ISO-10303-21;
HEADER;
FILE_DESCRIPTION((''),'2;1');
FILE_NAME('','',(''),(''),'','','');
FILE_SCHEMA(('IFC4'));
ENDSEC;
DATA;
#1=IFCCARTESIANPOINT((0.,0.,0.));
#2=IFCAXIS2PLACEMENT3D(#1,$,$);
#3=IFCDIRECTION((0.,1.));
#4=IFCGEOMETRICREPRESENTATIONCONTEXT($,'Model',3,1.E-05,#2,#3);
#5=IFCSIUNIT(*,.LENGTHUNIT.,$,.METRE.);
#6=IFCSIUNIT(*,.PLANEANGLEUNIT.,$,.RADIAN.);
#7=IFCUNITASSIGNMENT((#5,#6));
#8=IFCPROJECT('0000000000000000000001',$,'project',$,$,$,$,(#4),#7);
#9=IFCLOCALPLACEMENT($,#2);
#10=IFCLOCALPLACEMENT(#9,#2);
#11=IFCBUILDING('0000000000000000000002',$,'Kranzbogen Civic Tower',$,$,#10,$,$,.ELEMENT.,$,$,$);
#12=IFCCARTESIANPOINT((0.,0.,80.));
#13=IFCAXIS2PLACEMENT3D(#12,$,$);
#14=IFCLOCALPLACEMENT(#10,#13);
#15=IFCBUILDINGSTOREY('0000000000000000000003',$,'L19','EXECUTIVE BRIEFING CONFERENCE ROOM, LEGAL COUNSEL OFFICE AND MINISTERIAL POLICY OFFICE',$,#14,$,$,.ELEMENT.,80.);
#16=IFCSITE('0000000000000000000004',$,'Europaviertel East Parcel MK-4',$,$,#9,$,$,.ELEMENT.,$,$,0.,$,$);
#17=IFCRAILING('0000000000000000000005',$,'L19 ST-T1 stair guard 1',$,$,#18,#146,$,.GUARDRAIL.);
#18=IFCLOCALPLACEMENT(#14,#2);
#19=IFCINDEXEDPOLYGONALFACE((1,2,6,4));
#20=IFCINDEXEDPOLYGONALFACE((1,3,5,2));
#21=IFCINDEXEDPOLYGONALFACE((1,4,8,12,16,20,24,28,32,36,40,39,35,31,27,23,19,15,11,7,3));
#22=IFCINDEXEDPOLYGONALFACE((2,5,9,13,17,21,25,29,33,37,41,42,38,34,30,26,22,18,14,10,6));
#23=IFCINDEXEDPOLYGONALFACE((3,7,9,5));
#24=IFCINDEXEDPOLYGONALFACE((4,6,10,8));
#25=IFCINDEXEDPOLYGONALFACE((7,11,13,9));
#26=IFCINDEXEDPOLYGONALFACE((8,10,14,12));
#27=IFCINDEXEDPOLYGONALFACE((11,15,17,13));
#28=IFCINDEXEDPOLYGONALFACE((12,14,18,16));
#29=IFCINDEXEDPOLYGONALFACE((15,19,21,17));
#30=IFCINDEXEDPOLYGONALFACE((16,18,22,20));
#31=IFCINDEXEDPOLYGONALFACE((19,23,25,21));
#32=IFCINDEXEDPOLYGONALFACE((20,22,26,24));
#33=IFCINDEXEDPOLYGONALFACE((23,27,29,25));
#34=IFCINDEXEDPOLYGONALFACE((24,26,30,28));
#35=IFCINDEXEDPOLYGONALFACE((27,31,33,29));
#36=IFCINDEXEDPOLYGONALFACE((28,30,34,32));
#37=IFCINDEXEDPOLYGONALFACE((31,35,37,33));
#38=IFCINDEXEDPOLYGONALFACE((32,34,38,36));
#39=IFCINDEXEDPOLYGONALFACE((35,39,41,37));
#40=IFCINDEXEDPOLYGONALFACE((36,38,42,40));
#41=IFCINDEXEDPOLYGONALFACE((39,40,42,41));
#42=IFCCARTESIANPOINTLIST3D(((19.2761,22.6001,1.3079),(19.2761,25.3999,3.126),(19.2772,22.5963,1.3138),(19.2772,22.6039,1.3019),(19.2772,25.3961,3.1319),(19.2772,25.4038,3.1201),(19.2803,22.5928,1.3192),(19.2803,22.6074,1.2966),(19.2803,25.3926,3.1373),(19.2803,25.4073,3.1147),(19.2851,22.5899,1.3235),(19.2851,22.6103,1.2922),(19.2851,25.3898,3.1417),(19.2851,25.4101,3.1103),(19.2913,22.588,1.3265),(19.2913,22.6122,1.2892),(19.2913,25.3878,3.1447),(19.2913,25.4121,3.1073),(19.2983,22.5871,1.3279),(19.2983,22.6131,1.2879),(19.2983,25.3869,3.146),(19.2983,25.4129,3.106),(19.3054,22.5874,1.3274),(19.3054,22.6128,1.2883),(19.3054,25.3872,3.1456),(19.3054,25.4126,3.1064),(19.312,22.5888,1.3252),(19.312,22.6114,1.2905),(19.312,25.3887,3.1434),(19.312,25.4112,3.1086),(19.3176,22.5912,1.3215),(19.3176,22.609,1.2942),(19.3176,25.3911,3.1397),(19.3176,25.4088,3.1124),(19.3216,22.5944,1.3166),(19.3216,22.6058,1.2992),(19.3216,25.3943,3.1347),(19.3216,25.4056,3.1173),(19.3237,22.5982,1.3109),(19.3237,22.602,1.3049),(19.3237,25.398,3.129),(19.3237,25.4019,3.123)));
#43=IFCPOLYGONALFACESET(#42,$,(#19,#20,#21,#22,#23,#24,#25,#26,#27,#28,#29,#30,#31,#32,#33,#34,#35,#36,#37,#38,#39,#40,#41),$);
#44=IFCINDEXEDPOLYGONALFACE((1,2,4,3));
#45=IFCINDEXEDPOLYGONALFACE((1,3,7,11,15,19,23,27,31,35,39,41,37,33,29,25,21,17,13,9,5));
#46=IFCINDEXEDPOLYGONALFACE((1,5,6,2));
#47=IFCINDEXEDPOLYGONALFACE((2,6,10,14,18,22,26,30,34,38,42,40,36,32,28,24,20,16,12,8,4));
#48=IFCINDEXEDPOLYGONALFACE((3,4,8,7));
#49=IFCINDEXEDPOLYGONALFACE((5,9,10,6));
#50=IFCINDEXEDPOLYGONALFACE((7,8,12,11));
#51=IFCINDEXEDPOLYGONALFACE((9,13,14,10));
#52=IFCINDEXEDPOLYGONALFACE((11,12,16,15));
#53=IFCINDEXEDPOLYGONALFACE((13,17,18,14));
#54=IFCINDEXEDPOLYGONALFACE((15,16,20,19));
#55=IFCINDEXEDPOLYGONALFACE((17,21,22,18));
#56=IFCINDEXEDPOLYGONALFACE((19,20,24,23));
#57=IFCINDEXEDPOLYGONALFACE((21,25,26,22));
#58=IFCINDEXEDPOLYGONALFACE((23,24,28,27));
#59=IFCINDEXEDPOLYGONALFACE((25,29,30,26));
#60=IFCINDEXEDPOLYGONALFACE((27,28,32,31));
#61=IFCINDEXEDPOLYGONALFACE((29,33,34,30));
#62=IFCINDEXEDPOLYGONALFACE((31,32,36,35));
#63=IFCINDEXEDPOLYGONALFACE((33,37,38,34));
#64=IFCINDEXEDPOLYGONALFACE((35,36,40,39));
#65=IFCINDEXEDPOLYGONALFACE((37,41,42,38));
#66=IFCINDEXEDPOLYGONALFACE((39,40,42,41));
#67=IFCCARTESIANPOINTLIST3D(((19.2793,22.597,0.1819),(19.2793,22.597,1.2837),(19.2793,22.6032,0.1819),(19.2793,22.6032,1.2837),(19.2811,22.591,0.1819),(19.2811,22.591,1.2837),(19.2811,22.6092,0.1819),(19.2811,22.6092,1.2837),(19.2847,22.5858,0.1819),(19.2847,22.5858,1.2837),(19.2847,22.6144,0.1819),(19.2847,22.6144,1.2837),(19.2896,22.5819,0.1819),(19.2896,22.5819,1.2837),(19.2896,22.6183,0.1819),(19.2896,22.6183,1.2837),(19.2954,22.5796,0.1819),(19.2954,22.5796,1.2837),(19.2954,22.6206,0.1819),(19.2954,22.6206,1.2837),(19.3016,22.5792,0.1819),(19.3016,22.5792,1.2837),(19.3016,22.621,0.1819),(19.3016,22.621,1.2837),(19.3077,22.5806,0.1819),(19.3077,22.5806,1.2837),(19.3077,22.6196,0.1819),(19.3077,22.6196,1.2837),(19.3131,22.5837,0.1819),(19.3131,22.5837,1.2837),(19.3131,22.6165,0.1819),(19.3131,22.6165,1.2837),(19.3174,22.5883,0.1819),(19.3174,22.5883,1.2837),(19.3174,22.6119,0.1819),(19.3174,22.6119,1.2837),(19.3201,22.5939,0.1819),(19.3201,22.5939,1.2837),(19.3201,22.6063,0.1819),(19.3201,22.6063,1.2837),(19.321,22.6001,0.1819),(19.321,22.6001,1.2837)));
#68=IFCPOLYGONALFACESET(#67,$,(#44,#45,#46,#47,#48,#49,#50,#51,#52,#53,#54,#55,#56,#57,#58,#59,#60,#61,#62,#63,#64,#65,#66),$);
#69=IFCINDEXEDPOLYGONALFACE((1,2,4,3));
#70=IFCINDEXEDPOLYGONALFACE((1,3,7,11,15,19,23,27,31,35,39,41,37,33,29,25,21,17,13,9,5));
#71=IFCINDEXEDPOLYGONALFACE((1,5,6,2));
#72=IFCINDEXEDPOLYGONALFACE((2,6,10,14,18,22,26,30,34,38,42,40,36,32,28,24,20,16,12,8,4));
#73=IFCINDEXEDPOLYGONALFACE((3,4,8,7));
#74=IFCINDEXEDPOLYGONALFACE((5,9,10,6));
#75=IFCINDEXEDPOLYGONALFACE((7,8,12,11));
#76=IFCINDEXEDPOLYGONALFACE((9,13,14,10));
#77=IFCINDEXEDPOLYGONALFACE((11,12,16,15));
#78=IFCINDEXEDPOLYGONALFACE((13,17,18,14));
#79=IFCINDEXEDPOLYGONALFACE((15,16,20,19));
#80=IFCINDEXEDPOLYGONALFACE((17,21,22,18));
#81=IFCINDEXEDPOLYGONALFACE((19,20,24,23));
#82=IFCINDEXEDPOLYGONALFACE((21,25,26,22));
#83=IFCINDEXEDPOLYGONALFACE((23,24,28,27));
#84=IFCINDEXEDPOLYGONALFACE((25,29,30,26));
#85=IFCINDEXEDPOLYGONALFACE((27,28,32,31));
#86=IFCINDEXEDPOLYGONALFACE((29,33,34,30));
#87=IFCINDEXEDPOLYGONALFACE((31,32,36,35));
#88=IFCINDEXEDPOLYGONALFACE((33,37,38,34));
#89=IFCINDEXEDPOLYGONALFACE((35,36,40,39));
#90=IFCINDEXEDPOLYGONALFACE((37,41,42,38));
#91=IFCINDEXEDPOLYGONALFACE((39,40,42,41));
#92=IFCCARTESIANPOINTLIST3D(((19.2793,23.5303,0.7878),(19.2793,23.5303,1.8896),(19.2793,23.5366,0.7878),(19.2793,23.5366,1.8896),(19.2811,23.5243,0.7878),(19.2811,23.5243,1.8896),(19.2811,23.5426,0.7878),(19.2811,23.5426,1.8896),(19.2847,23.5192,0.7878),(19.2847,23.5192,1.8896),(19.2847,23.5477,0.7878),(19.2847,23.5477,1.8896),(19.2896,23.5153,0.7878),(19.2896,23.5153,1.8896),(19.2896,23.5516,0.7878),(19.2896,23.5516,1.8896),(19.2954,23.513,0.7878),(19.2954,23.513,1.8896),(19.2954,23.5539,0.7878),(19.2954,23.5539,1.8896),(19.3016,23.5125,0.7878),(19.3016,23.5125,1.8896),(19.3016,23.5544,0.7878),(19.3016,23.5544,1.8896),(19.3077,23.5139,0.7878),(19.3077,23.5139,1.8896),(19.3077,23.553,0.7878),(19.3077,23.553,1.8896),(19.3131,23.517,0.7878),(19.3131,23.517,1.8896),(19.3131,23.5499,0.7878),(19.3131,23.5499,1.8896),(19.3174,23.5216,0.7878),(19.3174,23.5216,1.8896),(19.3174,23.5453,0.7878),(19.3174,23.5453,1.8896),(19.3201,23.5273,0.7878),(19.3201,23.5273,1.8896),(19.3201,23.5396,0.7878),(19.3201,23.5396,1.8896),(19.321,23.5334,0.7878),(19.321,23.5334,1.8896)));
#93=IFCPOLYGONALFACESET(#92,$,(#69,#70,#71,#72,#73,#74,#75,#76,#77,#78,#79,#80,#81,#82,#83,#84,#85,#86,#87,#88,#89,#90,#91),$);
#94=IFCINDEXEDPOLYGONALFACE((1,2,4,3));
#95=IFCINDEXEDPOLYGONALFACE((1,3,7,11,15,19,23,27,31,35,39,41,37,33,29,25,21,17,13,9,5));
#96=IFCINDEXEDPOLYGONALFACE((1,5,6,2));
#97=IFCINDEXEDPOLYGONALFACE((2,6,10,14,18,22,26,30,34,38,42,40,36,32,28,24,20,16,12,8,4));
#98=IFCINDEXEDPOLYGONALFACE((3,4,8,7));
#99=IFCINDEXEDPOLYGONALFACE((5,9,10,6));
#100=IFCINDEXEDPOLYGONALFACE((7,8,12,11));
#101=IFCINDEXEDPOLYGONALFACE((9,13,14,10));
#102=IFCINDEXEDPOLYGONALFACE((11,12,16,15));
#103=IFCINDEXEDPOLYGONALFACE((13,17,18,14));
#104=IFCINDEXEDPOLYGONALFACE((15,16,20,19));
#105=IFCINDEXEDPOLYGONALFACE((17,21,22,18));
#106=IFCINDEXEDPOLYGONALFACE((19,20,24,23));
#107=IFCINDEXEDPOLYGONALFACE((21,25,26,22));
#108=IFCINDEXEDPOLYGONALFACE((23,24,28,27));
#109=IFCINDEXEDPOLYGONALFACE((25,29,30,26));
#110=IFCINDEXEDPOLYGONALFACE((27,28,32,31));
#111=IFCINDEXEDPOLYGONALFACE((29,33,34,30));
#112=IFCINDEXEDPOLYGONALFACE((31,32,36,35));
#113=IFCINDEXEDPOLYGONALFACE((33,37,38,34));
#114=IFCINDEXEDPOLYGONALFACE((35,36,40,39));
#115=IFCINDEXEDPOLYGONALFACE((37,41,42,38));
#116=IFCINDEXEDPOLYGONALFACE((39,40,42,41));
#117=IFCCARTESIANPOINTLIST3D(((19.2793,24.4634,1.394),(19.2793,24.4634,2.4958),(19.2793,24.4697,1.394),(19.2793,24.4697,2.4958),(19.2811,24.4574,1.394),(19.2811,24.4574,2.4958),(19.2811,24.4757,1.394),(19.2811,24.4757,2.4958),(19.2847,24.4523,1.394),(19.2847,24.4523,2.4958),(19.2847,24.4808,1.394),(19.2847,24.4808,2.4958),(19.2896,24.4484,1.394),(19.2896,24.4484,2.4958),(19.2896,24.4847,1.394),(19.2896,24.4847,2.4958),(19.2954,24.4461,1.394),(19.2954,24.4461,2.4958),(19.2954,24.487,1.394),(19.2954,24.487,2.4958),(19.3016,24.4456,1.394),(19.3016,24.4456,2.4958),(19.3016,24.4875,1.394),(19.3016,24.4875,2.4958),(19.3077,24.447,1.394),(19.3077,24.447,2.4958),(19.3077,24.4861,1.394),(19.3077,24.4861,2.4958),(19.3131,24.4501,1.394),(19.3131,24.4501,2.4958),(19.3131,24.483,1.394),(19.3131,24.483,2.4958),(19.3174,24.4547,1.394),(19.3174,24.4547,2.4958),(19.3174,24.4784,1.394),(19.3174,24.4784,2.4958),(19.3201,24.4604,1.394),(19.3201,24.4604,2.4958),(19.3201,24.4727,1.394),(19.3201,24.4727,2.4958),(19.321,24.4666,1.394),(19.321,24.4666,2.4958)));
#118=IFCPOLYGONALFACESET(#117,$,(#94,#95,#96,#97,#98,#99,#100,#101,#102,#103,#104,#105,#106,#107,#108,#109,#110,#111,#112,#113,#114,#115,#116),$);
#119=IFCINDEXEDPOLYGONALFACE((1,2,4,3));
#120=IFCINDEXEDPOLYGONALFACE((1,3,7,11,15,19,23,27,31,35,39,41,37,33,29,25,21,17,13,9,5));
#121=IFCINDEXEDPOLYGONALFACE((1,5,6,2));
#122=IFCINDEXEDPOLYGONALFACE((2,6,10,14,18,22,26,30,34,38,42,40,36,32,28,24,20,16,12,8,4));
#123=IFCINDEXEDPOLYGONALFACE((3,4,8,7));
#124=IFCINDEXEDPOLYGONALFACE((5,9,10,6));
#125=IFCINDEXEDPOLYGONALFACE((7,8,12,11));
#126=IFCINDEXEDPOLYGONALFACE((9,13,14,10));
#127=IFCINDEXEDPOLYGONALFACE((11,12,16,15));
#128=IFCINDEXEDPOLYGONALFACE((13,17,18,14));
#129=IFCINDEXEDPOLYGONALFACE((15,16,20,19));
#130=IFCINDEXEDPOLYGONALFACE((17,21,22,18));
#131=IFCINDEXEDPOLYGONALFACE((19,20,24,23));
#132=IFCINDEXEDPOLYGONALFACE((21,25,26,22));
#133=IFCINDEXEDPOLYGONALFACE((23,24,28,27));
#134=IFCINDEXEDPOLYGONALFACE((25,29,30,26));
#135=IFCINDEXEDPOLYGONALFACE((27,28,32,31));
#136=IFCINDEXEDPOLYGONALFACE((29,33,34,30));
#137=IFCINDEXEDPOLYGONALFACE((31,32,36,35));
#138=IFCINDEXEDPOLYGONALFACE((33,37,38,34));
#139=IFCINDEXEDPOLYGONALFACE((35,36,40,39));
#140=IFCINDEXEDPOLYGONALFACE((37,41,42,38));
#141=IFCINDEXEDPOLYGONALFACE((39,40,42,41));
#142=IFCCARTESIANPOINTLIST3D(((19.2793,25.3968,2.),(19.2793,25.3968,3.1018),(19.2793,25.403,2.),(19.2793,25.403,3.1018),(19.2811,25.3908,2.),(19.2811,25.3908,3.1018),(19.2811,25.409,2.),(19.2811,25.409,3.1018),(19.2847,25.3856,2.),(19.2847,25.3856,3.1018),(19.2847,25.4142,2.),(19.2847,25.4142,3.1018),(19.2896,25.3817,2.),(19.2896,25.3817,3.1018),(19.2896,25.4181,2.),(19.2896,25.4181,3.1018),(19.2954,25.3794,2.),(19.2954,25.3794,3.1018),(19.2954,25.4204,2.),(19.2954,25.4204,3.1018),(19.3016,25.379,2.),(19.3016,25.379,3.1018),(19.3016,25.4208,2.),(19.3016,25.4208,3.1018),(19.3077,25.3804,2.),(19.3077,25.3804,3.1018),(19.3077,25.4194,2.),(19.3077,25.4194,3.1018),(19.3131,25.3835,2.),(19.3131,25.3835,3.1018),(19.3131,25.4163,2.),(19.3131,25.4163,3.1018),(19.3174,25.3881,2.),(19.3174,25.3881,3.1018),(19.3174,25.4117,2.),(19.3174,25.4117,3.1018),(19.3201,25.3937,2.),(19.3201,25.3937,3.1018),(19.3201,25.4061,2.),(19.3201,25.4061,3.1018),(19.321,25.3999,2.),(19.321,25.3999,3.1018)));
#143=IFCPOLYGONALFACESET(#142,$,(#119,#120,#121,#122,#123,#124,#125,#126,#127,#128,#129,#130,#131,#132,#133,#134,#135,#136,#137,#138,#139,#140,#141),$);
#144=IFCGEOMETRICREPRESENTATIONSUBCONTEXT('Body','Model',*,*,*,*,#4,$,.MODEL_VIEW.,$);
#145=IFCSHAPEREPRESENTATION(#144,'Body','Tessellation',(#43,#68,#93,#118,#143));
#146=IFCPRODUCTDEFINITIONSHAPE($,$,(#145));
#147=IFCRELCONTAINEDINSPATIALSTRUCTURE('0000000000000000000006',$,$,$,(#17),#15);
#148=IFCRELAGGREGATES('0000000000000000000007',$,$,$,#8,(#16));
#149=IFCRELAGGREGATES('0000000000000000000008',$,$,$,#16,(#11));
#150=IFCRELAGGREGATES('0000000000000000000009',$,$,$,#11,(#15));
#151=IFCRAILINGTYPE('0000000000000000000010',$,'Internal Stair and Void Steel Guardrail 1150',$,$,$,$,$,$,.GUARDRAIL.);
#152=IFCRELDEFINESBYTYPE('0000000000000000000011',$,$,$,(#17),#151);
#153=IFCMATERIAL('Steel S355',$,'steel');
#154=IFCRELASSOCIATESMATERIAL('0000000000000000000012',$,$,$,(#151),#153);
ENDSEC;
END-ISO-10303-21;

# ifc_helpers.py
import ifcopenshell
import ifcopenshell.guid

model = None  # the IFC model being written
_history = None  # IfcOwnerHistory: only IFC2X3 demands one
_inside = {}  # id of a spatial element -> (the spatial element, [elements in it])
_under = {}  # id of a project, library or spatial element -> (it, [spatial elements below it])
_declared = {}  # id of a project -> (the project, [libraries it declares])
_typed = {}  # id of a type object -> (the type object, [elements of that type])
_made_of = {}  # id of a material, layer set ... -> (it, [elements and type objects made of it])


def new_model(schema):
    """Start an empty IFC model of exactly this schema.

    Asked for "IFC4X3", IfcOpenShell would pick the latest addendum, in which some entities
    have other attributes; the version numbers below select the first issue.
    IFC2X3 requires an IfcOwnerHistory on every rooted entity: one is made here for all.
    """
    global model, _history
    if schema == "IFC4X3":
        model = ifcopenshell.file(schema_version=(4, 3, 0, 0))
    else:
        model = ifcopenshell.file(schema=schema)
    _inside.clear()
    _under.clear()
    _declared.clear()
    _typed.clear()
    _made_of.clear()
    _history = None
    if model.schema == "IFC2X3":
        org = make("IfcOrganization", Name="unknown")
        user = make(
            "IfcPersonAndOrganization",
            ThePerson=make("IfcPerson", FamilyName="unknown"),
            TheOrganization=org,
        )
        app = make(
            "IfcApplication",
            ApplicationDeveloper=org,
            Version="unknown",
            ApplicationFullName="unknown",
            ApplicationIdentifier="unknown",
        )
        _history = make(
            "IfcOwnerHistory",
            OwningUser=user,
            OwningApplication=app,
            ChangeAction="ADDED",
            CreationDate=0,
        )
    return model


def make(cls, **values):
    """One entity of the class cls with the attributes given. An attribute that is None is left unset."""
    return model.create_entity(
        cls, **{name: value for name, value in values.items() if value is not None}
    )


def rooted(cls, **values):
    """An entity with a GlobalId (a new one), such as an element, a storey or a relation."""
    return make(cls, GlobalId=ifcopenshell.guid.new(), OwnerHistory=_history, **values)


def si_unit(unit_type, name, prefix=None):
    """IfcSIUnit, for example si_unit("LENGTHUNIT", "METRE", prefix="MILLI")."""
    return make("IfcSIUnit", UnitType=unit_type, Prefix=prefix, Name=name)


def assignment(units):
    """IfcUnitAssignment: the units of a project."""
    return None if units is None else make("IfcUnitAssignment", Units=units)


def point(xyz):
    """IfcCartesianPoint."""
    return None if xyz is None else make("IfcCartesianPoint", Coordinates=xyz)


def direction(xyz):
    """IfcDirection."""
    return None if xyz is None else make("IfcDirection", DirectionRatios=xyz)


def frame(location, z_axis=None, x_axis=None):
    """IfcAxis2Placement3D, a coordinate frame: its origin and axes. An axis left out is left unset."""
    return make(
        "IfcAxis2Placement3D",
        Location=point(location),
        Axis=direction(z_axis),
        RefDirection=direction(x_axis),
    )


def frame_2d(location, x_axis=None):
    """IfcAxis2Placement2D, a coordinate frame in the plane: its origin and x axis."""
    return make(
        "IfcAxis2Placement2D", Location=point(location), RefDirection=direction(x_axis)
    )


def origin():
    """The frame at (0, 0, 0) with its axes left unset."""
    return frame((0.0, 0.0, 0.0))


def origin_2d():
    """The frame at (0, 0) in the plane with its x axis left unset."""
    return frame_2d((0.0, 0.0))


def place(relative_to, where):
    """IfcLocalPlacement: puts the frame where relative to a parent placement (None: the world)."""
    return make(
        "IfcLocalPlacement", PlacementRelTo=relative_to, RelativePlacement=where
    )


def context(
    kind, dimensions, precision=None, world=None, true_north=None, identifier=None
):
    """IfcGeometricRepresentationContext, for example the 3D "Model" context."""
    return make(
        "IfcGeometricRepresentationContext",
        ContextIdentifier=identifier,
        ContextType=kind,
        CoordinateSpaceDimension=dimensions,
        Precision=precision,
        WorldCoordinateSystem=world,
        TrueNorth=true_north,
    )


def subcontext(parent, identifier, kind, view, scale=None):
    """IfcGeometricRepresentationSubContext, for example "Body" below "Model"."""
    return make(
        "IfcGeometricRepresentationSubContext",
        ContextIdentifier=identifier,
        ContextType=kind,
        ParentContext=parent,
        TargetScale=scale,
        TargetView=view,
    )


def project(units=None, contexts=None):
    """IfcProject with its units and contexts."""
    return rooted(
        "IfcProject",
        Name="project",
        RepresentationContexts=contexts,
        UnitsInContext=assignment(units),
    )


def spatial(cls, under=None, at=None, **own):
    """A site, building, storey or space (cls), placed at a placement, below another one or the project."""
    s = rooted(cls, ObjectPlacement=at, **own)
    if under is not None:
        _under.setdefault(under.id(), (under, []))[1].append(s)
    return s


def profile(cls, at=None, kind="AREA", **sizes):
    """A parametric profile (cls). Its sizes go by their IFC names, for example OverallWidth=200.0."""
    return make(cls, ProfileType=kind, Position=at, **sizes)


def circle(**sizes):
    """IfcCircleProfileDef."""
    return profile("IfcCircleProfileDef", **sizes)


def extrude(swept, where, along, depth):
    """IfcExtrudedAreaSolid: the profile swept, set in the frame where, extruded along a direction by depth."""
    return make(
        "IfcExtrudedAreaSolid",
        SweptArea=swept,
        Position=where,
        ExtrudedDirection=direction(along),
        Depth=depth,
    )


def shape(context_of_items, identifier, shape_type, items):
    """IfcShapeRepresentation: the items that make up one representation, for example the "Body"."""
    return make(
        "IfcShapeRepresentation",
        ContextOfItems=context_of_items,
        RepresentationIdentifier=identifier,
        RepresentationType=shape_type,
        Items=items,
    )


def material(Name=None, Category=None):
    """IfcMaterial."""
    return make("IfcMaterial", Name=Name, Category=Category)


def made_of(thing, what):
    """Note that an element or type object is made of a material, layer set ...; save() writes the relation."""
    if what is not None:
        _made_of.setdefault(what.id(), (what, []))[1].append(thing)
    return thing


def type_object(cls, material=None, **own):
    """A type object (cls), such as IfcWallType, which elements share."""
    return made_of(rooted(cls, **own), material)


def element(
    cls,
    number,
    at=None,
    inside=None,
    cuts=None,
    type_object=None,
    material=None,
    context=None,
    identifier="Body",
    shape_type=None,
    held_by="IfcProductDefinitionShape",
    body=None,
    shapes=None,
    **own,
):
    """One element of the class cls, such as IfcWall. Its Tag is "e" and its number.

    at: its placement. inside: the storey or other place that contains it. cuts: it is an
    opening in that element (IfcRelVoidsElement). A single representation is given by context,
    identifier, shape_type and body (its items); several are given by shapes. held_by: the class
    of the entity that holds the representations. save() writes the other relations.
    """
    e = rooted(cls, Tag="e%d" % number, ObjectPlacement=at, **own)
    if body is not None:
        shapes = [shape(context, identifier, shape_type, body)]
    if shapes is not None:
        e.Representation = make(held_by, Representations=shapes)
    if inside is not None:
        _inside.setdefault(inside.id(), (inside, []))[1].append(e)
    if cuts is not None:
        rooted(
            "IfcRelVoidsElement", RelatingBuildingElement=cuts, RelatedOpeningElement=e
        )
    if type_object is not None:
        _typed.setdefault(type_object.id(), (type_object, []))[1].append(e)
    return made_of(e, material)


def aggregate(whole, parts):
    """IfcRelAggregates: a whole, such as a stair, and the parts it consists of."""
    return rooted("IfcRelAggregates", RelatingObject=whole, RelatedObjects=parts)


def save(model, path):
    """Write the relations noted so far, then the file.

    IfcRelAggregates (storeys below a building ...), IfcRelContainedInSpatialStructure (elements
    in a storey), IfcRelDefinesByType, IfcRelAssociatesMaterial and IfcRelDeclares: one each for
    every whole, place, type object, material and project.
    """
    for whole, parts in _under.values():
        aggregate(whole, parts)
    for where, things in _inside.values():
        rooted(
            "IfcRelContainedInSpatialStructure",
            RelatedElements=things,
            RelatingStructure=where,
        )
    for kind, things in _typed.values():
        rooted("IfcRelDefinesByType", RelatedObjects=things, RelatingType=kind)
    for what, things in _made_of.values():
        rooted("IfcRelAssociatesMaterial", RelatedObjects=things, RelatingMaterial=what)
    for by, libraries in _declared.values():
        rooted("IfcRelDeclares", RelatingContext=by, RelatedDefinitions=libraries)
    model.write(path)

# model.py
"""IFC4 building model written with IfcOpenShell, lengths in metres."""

from ifc_helpers import new_model, si_unit, direction, frame, origin, origin_2d, place, context, subcontext, project, spatial, circle, extrude, material, type_object, element, save


model = new_model("IFC4")

# Units and contexts
model_context = context("Model", 3, precision=1e-05, world=origin(), true_north=direction((0.0, 1.0)))
body_context = subcontext(model_context, "Body", "Model", "MODEL_VIEW")
ifc_project = project(units=[si_unit("LENGTHUNIT", "METRE"), si_unit("PLANEANGLEUNIT", "RADIAN")], contexts=[model_context])

# Site, building, storey
site_placement = place(None, origin())
site = spatial("IfcSite", under=ifc_project, at=site_placement, Name="Europaviertel East Parcel MK-4", CompositionType="ELEMENT", RefElevation=0.0)
building_placement = place(site_placement, origin())
building = spatial("IfcBuilding", under=site, at=building_placement, Name="Kranzbogen Civic Tower", CompositionType="ELEMENT")
storey_placement = place(building_placement, frame((0.0, 0.0, 80.0)))
storey = spatial("IfcBuildingStorey", under=building, at=storey_placement, Name="L19", Description="EXECUTIVE BRIEFING CONFERENCE ROOM, LEGAL COUNSEL OFFICE AND MINISTERIAL POLICY OFFICE", CompositionType="ELEMENT", Elevation=80.0)

# Shared definitions
ifc_material_1 = material(Name="Steel S355", Category="steel")

# Railing
railing_type_1 = type_object("IfcRailingType", Name="Internal Stair and Void Steel Guardrail 1150", PredefinedType="GUARDRAIL", material=ifc_material_1)
railing_1_placement = place(storey_placement, frame((19.3, 22.6001, 0.1819)))
element("IfcRailing", 1, at=railing_1_placement, inside=storey, type_object=railing_type_1, Name="L19 ST-T1 stair guard 1", PredefinedType="GUARDRAIL", context=body_context, shape_type="SweptSolid", body=[
    extrude(circle(Radius=0.0239, at=origin_2d()), frame((0.0, 0.0, 1.126), z_axis=(0.0, 0.838684, 0.544618), x_axis=(-1.0, 0.0, 0.0)), (0.0, 0.0, 1.0), 3.3384),
    extrude(circle(Radius=0.021, at=origin_2d()), origin(), (0.0, 0.0, 1.0), 1.1018),
    extrude(circle(Radius=0.021, at=origin_2d()), frame((0.0, 0.9333, 0.606)), (0.0, 0.0, 1.0), 1.1018),
    extrude(circle(Radius=0.021, at=origin_2d()), frame((0.0, 1.8665, 1.2122)), (0.0, 0.0, 1.0), 1.1018),
    extrude(circle(Radius=0.021, at=origin_2d()), frame((0.0, 2.7998, 1.8181)), (0.0, 0.0, 1.0), 1.1018),
])

save(model, "model.ifc")
